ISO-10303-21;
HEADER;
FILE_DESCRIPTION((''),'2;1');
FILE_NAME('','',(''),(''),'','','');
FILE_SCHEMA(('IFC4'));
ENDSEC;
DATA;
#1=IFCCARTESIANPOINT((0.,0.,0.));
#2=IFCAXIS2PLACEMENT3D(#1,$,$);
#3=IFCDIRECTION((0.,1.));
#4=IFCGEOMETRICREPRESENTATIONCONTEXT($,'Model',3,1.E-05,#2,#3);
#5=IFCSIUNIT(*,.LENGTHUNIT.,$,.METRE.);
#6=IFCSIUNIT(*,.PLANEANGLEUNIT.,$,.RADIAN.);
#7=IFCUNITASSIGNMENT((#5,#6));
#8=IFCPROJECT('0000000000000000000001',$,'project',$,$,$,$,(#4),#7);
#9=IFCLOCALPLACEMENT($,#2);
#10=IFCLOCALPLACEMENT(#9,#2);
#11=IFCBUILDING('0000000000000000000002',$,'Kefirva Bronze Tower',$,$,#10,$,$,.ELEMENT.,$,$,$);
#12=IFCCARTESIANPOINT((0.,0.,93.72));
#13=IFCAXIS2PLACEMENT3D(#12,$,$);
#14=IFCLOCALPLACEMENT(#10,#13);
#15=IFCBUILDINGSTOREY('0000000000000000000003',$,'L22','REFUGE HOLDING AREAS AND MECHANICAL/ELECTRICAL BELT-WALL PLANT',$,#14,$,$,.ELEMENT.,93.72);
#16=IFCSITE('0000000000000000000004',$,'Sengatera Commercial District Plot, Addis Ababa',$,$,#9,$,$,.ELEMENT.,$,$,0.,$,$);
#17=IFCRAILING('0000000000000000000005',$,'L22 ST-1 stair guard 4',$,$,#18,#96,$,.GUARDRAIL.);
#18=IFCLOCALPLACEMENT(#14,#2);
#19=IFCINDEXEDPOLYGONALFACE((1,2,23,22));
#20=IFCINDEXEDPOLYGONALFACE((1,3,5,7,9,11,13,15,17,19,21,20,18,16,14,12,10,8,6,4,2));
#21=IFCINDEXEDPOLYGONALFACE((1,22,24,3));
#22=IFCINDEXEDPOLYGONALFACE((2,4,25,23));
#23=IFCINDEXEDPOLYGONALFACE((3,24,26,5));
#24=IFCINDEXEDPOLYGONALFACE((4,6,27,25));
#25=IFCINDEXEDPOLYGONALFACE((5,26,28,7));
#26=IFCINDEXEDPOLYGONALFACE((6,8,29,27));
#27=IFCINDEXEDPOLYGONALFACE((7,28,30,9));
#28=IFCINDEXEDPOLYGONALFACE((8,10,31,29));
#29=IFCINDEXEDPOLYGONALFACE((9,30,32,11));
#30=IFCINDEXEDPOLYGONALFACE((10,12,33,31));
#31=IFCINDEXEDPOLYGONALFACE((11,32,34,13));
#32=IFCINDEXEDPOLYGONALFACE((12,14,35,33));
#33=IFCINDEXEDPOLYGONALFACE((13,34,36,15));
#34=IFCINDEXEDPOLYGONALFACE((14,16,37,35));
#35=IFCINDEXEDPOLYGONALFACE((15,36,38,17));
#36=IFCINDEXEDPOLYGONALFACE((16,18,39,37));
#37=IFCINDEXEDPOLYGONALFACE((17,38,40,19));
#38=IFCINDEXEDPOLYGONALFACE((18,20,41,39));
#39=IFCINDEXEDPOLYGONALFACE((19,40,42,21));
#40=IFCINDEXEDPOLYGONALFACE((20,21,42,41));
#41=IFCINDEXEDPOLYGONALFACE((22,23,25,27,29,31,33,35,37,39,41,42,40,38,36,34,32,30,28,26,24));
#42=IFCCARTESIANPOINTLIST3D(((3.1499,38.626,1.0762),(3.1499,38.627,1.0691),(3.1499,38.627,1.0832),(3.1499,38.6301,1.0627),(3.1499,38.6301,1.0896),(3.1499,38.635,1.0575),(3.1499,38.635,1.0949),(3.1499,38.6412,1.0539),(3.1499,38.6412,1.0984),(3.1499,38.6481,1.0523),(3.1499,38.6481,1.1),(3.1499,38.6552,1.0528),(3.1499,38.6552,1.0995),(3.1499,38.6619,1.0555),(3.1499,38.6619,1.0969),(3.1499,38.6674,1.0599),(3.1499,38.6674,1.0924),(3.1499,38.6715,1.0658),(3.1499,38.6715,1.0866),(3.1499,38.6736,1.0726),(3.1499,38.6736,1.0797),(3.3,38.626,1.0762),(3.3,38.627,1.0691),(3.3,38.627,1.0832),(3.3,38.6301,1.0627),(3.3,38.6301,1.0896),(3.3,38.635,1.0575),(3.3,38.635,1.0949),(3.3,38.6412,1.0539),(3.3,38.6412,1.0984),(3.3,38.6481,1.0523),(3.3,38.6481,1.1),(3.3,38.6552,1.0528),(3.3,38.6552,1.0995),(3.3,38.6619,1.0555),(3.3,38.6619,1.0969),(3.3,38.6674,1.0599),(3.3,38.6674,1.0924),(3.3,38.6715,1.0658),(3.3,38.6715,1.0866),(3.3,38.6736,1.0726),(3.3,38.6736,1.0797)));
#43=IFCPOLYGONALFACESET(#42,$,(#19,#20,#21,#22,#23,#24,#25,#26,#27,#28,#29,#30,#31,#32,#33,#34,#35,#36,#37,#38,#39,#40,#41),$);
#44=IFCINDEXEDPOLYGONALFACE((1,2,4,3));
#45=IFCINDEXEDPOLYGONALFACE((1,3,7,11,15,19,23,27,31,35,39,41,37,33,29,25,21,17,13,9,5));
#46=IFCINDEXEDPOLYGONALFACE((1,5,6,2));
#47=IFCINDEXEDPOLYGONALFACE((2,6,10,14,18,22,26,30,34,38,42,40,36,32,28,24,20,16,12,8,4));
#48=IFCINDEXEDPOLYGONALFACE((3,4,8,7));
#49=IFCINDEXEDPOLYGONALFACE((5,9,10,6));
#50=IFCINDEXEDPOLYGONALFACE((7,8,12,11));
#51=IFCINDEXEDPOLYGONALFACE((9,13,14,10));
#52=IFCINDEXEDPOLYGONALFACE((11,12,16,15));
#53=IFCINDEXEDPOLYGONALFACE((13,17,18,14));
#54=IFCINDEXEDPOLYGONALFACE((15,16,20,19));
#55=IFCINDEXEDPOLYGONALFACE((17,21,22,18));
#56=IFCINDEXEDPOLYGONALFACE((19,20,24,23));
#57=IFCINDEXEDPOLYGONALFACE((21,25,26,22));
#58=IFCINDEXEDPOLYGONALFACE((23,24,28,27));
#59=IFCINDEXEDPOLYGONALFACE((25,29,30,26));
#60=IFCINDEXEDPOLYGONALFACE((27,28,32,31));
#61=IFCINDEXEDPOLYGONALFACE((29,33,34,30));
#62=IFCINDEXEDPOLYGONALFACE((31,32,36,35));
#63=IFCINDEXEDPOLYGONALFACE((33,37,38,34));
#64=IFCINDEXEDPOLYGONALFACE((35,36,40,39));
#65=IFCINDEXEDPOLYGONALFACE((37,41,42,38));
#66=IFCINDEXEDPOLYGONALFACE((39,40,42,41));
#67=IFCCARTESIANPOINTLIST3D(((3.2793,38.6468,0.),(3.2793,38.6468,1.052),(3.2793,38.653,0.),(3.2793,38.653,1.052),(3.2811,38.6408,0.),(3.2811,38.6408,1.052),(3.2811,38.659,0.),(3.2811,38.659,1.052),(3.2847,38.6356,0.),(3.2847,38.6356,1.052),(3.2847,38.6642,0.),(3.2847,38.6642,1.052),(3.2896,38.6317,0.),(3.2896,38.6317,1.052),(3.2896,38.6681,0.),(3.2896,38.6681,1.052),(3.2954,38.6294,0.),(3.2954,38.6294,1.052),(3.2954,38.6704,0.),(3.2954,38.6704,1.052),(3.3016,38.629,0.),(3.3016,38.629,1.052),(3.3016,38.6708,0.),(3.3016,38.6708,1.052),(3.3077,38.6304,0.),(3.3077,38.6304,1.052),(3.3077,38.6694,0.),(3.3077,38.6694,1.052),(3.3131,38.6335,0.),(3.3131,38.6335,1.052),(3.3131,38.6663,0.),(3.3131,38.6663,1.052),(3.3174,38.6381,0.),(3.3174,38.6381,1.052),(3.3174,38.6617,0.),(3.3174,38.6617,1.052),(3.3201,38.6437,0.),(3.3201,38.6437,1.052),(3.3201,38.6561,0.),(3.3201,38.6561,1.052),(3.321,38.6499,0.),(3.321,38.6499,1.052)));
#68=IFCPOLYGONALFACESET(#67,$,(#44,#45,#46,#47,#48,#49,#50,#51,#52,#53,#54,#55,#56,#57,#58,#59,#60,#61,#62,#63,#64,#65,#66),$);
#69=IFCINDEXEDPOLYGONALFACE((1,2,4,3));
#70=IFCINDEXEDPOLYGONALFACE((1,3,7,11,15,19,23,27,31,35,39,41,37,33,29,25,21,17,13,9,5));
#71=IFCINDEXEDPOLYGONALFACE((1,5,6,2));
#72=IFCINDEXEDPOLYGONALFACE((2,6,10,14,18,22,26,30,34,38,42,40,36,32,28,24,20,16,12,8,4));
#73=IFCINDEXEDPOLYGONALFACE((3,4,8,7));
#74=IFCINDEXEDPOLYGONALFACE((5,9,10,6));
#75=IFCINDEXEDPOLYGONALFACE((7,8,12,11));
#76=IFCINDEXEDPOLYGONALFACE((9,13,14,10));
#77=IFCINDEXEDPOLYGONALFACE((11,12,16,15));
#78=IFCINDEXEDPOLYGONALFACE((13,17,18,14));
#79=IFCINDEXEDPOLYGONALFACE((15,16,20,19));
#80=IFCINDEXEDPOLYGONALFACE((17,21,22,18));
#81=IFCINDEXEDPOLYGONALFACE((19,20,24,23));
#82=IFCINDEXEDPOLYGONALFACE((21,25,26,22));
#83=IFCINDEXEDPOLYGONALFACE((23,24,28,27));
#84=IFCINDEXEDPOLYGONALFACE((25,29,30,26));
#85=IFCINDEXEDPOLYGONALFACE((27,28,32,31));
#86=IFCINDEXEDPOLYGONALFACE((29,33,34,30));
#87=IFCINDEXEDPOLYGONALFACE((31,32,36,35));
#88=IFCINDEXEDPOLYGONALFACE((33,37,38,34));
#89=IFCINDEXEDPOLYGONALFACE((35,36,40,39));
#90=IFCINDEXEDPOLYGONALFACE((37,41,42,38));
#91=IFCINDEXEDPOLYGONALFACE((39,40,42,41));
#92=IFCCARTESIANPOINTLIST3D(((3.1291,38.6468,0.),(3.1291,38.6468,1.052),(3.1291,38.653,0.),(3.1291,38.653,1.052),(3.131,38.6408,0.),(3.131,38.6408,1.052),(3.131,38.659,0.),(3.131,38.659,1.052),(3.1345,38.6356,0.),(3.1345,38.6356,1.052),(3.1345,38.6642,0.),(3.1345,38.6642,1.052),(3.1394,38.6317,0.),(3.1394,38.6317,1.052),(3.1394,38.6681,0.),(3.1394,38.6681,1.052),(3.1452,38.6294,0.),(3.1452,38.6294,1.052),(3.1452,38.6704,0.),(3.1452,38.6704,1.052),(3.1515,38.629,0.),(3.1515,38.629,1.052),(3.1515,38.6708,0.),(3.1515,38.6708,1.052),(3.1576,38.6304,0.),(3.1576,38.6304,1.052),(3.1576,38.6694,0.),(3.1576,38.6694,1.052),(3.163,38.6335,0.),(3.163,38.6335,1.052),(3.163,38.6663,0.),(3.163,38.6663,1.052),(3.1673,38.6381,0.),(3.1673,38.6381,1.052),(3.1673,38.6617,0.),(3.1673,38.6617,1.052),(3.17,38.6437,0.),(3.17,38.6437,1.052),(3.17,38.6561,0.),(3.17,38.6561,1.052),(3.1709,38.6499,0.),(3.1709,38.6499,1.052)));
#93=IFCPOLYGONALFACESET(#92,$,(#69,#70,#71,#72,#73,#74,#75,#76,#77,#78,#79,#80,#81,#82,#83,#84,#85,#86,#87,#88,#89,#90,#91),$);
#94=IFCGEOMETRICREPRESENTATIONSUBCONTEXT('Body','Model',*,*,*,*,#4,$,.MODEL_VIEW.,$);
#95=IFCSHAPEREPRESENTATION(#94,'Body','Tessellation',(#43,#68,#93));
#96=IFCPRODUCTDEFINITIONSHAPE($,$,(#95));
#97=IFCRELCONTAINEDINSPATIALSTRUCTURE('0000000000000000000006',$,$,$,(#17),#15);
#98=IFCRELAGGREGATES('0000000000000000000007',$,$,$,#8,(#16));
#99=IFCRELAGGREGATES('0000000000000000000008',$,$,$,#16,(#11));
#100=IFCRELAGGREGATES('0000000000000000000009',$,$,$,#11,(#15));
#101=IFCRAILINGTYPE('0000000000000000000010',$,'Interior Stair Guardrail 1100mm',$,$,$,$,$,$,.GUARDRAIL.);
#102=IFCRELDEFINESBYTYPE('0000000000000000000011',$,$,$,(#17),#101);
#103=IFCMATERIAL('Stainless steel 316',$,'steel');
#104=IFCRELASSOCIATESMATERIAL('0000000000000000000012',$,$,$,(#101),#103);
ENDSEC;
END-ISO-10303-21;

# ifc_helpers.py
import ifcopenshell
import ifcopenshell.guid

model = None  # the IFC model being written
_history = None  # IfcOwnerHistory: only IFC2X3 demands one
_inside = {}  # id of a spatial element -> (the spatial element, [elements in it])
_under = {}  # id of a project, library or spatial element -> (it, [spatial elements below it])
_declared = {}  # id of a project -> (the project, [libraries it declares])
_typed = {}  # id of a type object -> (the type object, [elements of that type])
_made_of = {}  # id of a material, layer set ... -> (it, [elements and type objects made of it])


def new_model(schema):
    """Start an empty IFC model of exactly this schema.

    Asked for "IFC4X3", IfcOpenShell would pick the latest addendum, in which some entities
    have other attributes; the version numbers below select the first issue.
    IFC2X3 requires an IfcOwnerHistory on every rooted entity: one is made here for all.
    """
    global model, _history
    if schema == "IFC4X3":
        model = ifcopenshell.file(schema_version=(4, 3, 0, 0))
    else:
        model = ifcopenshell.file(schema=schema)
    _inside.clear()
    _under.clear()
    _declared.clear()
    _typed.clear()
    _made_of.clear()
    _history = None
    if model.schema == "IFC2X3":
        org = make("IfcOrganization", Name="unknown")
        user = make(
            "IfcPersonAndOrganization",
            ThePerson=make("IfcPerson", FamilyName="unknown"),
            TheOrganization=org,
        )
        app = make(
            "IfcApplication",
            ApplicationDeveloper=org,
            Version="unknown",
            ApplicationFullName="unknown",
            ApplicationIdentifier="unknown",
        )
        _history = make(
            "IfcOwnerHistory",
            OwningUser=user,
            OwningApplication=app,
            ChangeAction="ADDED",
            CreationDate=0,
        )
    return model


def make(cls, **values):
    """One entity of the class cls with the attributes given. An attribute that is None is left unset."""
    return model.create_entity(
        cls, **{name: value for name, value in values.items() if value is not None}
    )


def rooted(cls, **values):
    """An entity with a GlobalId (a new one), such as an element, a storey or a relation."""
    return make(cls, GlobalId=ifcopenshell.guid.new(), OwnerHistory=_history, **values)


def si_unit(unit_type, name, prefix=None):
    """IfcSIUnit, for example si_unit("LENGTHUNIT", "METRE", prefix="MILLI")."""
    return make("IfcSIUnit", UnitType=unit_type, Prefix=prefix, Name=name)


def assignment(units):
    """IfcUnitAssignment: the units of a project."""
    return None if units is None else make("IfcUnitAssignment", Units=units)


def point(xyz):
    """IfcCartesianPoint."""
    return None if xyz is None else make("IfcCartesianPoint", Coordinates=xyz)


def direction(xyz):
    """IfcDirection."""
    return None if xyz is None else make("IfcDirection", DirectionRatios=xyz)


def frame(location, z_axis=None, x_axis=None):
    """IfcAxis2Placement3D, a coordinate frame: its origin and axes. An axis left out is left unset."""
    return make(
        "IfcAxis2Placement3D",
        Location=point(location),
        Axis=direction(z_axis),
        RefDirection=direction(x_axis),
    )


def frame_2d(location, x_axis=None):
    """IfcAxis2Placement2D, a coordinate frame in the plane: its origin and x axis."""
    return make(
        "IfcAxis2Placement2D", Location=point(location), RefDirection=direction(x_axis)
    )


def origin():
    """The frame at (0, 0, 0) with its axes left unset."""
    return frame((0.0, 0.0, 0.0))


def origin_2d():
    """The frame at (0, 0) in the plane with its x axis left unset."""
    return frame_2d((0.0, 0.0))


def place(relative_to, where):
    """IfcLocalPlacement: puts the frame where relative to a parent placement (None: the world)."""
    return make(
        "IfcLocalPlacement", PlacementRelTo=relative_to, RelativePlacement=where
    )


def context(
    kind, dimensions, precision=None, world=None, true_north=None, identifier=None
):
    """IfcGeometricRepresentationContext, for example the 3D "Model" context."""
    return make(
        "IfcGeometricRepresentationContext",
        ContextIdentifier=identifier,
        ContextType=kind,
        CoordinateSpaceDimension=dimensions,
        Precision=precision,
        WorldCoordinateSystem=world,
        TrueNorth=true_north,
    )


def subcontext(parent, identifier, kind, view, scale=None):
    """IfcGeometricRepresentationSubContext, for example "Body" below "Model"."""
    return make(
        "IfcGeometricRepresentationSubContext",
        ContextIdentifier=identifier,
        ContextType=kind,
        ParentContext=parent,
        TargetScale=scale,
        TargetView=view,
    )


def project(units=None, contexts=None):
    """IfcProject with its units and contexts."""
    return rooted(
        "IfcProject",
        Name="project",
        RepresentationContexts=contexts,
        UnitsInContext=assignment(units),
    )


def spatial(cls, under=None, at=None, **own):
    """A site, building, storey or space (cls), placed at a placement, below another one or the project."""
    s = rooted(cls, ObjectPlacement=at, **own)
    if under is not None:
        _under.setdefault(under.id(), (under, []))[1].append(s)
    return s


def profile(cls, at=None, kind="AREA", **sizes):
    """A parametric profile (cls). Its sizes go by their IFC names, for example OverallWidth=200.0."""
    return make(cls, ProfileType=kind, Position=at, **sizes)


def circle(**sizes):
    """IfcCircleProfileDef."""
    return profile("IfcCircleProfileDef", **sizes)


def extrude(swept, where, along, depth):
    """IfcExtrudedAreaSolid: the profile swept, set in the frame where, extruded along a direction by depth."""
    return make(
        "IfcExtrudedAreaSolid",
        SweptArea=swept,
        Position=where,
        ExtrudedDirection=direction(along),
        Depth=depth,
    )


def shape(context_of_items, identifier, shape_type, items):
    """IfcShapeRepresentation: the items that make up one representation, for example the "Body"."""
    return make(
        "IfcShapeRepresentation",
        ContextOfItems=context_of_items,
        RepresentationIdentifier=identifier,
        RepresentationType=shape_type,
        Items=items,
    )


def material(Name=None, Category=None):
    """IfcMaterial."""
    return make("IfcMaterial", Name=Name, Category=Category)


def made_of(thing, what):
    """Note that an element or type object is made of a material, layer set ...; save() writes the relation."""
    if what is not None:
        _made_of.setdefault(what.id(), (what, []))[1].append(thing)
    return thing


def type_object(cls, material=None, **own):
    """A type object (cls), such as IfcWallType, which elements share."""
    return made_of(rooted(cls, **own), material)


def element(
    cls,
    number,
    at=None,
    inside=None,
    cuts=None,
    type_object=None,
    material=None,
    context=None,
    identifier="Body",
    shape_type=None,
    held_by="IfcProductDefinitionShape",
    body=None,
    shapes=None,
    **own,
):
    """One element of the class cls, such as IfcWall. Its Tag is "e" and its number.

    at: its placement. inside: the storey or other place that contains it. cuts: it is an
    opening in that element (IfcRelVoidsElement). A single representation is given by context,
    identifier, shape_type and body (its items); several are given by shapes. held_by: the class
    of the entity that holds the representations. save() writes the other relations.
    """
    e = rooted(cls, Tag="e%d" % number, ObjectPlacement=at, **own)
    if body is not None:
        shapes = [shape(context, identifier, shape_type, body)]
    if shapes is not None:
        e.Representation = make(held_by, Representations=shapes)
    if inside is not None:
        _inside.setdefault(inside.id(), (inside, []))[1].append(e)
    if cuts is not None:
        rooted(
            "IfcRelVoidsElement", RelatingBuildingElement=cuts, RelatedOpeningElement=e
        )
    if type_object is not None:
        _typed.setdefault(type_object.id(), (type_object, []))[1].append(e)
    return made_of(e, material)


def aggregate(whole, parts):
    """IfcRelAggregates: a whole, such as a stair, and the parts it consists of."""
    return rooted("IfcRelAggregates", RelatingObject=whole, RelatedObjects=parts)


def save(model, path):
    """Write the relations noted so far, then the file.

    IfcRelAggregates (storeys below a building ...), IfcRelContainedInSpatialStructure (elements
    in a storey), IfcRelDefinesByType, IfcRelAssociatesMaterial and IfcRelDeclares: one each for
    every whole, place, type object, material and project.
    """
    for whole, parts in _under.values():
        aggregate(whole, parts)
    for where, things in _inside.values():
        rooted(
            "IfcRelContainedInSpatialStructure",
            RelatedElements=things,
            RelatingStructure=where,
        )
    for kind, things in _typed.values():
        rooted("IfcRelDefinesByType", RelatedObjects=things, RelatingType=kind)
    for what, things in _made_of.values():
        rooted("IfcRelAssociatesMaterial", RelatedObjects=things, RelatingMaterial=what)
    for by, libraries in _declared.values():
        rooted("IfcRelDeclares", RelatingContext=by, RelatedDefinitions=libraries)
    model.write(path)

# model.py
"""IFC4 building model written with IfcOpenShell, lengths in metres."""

from ifc_helpers import new_model, si_unit, direction, frame, origin, origin_2d, place, context, subcontext, project, spatial, circle, extrude, material, type_object, element, save


model = new_model("IFC4")

# Units and contexts
model_context = context("Model", 3, precision=1e-05, world=origin(), true_north=direction((0.0, 1.0)))
body_context = subcontext(model_context, "Body", "Model", "MODEL_VIEW")
ifc_project = project(units=[si_unit("LENGTHUNIT", "METRE"), si_unit("PLANEANGLEUNIT", "RADIAN")], contexts=[model_context])

# Site, building, storey
site_placement = place(None, origin())
site = spatial("IfcSite", under=ifc_project, at=site_placement, Name="Sengatera Commercial District Plot, Addis Ababa", CompositionType="ELEMENT", RefElevation=0.0)
building_placement = place(site_placement, origin())
building = spatial("IfcBuilding", under=site, at=building_placement, Name="Kefirva Bronze Tower", CompositionType="ELEMENT")
storey_placement = place(building_placement, frame((0.0, 0.0, 93.72)))
storey = spatial("IfcBuildingStorey", under=building, at=storey_placement, Name="L22", Description="REFUGE HOLDING AREAS AND MECHANICAL/ELECTRICAL BELT-WALL PLANT", CompositionType="ELEMENT", Elevation=93.72)

# Shared definitions
ifc_material_1 = material(Name="Stainless steel 316", Category="steel")

# Railing
railing_type_1 = type_object("IfcRailingType", Name="Interior Stair Guardrail 1100mm", PredefinedType="GUARDRAIL", material=ifc_material_1)
railing_1_placement = place(storey_placement, frame((3.3, 38.6499, 0.0)))
element("IfcRailing", 1, at=railing_1_placement, inside=storey, type_object=railing_type_1, Name="L22 ST-1 stair guard 4", PredefinedType="GUARDRAIL", context=body_context, shape_type="SweptSolid", body=[
    extrude(circle(Radius=0.0239, at=origin_2d()), frame((0.0, 0.0, 1.0762), z_axis=(-1.0, 0.0, 0.0), x_axis=(0.0, -1.0, 0.0)), (0.0, 0.0, 1.0), 0.1501),
    extrude(circle(Radius=0.021, at=origin_2d()), origin(), (0.0, 0.0, 1.0), 1.052),
    extrude(circle(Radius=0.021, at=origin_2d()), frame((-0.1501, 0.0, 0.0)), (0.0, 0.0, 1.0), 1.052),
])

save(model, "model.ifc")
